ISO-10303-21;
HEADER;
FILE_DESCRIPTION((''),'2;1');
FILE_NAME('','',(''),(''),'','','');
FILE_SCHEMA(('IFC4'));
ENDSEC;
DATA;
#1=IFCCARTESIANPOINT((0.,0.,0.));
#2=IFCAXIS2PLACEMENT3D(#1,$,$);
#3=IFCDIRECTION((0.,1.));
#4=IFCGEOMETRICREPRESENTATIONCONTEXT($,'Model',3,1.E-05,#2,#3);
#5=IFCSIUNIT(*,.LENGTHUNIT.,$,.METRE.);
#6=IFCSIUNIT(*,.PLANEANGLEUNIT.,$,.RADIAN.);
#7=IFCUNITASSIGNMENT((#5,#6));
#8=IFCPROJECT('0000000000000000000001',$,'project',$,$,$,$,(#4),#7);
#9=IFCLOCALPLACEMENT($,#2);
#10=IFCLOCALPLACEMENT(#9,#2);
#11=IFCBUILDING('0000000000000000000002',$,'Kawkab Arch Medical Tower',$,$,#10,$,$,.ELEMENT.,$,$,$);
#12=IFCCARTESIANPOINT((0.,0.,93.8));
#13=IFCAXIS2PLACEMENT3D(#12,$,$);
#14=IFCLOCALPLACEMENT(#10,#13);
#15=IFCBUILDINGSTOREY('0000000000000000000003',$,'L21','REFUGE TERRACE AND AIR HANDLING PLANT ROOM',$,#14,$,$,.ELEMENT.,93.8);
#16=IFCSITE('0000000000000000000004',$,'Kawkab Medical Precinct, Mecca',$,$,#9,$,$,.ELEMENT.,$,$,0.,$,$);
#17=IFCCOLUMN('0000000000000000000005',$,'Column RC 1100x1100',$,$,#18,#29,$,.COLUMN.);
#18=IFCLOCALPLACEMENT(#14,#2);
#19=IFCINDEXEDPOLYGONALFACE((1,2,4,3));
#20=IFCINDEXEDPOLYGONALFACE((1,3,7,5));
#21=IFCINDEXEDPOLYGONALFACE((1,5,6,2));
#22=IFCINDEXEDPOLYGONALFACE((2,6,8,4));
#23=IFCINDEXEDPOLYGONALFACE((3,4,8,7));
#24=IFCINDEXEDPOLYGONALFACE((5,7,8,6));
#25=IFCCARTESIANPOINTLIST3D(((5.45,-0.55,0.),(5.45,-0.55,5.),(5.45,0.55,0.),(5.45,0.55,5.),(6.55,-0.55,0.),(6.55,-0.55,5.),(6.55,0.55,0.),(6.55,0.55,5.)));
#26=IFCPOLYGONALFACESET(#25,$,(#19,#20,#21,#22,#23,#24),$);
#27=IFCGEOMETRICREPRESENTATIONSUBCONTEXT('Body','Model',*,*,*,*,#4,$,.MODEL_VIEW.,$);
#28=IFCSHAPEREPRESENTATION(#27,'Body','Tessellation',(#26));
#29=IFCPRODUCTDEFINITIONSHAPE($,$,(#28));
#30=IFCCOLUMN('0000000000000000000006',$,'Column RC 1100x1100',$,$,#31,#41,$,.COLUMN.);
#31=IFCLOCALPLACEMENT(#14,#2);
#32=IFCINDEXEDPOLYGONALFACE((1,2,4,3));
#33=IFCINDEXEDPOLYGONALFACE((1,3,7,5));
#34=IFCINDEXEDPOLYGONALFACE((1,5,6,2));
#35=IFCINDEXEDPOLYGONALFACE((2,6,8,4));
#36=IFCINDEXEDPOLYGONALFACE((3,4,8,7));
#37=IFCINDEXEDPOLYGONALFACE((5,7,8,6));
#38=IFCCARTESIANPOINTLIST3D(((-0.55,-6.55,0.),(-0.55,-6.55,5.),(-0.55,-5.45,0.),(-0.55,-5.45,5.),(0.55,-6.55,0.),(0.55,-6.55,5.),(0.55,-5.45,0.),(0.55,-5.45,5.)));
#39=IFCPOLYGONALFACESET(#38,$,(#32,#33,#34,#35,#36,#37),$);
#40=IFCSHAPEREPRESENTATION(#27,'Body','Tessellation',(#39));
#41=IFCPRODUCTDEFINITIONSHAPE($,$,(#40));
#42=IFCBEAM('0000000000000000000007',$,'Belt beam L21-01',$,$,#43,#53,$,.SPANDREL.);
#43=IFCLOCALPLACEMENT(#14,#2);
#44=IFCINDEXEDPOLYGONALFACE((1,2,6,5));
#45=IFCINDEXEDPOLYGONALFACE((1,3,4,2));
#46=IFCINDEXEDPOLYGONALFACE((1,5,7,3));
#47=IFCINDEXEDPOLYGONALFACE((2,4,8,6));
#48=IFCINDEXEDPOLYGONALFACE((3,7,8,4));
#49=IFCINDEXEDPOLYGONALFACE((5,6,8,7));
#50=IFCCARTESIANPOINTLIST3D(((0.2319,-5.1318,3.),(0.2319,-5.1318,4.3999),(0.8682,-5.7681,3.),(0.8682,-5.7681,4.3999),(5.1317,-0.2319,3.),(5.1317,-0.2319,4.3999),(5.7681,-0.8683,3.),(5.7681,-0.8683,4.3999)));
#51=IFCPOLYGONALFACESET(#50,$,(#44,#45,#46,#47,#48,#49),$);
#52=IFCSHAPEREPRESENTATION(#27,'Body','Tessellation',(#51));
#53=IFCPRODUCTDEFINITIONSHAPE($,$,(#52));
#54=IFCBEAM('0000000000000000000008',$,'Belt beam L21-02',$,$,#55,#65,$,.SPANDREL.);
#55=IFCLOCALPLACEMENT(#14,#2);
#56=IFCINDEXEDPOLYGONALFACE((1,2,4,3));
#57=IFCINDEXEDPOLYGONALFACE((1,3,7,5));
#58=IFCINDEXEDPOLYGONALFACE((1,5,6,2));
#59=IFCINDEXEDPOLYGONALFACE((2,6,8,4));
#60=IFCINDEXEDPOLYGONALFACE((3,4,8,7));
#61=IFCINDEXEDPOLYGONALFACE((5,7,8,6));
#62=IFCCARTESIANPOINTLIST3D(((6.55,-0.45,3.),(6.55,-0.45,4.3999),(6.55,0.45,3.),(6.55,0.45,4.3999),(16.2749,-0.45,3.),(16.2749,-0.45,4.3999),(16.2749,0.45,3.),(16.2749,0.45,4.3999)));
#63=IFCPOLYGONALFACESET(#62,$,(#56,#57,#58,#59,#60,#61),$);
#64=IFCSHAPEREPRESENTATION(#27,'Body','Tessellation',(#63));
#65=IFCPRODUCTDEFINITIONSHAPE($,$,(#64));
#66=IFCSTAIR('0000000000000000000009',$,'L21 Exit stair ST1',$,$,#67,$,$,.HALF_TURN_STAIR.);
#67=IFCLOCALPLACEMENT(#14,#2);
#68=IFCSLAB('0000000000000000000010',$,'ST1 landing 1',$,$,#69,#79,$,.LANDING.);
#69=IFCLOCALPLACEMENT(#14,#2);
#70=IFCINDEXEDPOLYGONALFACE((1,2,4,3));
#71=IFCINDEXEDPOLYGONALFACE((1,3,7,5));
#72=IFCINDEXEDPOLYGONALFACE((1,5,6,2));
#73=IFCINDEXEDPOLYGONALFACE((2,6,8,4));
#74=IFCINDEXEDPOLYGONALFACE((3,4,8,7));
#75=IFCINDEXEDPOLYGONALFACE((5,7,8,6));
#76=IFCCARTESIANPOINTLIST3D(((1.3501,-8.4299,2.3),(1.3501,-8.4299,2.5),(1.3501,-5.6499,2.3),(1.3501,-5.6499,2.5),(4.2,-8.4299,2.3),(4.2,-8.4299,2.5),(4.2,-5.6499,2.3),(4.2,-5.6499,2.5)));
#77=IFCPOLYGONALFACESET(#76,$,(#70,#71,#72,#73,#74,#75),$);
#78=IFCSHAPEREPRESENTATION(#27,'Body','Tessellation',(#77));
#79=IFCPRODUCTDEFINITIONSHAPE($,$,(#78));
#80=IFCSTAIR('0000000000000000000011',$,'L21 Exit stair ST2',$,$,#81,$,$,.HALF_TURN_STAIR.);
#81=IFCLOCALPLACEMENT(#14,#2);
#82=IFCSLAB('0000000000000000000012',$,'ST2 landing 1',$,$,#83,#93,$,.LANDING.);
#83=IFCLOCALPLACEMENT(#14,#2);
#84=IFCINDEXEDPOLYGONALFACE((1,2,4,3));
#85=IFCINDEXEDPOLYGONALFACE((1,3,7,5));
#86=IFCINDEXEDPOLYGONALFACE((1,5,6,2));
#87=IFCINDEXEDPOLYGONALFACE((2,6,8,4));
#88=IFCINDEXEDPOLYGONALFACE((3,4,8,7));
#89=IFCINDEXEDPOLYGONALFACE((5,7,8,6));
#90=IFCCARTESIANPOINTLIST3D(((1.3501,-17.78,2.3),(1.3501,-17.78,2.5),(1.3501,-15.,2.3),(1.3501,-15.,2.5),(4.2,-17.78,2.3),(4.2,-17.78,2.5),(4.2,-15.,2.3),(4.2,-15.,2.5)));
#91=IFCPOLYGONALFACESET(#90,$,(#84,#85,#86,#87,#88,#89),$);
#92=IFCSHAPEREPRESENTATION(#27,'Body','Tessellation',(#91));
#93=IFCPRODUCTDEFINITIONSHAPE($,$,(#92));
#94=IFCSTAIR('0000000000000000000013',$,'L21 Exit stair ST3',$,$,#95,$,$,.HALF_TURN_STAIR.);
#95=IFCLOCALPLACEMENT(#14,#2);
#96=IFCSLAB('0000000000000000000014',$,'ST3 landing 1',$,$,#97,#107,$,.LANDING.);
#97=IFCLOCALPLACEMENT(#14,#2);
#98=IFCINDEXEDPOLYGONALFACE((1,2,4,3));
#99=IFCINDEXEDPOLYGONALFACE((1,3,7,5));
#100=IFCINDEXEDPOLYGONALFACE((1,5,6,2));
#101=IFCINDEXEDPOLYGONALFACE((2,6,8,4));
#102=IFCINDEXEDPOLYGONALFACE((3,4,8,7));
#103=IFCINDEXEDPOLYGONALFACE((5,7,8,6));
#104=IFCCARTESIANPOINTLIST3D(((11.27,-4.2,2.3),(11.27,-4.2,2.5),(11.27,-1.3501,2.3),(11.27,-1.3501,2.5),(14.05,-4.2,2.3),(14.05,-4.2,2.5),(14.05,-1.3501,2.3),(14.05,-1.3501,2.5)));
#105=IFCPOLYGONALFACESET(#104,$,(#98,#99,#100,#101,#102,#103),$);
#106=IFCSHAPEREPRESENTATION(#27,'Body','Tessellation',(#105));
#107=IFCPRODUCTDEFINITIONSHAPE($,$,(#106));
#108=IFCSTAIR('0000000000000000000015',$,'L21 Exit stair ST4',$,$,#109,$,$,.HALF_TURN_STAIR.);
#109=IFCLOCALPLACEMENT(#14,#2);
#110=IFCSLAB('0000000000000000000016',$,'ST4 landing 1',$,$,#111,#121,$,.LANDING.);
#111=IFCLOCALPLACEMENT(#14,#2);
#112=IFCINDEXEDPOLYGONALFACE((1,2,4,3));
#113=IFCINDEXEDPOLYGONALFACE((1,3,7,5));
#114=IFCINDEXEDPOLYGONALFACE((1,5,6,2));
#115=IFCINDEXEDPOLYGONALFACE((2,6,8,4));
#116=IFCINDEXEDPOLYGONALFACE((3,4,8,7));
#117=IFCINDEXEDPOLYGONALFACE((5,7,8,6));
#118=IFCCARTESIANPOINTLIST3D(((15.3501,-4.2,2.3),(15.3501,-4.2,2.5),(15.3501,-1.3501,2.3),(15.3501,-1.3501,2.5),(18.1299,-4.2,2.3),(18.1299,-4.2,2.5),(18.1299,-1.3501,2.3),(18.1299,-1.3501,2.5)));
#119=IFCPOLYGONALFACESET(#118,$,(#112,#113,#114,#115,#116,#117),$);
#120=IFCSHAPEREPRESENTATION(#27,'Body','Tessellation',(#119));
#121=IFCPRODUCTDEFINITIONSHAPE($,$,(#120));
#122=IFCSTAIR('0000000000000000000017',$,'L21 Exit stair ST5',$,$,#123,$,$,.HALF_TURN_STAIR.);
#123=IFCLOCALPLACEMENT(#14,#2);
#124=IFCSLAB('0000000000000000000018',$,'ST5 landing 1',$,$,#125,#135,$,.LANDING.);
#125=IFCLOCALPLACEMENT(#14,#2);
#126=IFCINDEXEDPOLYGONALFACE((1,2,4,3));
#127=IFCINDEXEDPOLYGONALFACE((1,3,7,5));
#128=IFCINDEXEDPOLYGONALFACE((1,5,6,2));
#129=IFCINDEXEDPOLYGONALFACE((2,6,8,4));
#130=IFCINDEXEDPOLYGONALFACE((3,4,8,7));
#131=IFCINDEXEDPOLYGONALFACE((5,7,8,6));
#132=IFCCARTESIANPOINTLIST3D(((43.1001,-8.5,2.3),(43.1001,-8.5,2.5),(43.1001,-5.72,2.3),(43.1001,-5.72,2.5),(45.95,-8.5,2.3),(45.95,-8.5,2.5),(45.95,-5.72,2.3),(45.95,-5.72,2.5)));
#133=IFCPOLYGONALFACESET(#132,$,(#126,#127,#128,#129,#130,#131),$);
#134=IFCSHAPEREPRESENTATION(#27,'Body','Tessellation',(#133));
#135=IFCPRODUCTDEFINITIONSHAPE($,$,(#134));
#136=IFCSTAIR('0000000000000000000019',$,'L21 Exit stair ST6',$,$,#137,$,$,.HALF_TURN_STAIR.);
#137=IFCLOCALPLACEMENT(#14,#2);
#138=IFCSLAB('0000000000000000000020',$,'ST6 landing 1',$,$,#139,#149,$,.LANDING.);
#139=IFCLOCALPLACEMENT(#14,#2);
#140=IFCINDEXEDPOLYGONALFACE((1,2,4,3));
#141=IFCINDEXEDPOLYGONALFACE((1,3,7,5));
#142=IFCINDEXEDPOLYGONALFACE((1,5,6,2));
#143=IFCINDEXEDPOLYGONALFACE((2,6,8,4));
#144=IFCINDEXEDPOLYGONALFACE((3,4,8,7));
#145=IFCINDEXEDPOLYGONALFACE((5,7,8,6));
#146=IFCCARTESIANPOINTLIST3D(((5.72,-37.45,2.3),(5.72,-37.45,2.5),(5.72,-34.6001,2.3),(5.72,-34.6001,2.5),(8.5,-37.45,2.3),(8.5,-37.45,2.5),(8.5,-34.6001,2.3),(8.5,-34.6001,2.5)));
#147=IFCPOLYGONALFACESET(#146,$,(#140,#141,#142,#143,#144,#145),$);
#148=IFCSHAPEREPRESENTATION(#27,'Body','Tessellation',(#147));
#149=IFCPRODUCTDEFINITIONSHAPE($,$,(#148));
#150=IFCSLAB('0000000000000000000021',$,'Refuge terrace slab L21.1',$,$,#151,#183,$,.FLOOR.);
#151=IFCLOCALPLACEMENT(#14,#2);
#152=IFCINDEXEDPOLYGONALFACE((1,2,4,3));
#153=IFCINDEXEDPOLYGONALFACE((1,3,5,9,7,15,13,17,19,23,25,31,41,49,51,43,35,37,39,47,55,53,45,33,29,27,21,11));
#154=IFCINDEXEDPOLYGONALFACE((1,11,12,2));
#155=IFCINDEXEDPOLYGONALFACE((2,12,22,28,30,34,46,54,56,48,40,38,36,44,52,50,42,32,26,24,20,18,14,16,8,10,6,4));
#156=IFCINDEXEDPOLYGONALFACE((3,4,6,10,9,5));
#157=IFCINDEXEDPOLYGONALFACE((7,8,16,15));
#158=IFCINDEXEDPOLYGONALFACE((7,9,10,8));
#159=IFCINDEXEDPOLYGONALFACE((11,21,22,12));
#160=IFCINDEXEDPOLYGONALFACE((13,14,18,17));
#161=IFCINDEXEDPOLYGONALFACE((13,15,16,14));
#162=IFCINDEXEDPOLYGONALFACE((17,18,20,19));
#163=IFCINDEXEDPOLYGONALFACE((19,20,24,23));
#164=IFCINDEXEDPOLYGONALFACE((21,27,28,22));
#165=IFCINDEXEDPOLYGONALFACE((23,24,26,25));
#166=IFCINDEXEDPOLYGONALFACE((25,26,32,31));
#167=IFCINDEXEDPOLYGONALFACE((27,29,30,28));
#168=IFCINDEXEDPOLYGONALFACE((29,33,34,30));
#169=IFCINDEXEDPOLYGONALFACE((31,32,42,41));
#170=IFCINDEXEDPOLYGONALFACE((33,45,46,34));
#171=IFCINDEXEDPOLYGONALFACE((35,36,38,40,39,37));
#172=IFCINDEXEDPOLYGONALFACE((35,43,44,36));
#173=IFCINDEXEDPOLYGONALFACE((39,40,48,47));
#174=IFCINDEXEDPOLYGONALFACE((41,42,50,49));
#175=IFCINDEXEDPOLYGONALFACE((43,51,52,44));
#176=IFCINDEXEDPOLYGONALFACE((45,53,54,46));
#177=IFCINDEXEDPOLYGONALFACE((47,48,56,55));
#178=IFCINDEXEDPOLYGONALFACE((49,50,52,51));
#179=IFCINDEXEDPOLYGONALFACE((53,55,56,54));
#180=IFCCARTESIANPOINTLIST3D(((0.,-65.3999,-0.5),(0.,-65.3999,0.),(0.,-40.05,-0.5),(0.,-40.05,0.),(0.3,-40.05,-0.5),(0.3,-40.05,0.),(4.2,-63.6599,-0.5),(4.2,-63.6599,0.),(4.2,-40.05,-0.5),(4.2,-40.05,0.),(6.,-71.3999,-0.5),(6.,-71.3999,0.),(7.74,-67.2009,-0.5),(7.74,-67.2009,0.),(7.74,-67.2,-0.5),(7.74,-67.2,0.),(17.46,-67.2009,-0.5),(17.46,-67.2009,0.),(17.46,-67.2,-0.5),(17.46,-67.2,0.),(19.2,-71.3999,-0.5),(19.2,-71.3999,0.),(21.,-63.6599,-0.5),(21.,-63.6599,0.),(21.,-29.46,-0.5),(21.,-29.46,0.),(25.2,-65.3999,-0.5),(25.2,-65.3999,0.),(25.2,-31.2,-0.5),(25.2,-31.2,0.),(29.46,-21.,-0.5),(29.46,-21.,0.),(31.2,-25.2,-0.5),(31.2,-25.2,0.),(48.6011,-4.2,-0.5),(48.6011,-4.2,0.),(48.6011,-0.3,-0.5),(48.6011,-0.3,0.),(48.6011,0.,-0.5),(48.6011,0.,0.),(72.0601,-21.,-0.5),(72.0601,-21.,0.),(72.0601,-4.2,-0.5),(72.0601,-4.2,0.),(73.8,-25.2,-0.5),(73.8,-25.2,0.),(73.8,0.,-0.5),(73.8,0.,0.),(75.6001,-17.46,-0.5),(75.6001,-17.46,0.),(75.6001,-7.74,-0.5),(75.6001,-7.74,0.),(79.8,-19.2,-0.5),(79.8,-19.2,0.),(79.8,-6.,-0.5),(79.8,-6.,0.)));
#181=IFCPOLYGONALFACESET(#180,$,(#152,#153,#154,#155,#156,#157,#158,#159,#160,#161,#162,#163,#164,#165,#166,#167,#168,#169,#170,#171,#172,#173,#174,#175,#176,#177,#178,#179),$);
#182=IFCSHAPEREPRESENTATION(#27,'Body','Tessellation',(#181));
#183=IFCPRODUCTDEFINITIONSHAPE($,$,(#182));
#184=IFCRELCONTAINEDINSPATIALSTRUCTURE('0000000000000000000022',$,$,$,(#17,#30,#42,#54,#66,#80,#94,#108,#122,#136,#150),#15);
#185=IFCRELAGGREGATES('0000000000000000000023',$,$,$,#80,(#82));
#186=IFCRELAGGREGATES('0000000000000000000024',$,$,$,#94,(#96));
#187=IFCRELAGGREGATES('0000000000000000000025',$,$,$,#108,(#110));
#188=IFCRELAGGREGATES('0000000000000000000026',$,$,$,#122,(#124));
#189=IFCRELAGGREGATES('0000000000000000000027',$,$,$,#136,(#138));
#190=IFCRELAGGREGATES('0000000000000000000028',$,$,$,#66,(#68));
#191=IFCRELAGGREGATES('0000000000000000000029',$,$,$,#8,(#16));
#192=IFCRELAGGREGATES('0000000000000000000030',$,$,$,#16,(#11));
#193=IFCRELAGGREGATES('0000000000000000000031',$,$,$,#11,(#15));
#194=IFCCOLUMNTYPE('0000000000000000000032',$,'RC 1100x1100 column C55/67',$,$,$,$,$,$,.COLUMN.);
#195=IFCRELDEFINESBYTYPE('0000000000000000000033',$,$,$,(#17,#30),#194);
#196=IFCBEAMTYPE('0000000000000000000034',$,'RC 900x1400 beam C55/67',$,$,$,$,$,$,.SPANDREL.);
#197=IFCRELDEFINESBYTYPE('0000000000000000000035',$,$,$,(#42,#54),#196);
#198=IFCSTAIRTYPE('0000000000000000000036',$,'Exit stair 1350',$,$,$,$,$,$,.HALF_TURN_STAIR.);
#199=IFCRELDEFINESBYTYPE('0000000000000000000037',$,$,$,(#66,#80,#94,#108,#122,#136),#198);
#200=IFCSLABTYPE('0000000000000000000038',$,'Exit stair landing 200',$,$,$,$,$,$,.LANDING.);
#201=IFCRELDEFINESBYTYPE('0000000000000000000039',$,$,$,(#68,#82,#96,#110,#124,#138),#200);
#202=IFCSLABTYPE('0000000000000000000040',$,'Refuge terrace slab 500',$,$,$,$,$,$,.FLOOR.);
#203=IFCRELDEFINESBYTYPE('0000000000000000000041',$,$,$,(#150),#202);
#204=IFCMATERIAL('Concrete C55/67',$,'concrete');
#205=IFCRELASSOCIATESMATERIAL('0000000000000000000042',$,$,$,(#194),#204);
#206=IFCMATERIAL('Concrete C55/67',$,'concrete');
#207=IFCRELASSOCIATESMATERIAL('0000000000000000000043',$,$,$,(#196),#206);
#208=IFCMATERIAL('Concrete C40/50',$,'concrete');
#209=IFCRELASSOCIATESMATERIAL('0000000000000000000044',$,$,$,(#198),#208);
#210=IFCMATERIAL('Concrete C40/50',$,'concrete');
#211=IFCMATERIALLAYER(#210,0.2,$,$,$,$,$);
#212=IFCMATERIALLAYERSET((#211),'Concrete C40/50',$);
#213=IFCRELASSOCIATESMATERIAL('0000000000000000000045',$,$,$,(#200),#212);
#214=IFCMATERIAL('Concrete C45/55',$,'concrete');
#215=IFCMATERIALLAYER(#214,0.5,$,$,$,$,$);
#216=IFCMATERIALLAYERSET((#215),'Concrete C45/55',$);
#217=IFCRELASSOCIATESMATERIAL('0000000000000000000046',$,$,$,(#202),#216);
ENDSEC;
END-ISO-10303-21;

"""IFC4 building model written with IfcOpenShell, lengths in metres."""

from ifc_helpers import new_model, si_unit, direction, frame, origin, origin_2d, place, context, subcontext, project, spatial, polyline, rectangle, outline, extrude, material, layer, layer_set, material_profile, profile_set, type_object, element, aggregate, save


model = new_model("IFC4")

# Units and contexts
model_context = context("Model", 3, precision=1e-05, world=origin(), true_north=direction((0.0, 1.0)))
body_context = subcontext(model_context, "Body", "Model", "MODEL_VIEW")
ifc_project = project(units=[si_unit("LENGTHUNIT", "METRE"), si_unit("PLANEANGLEUNIT", "RADIAN")], contexts=[model_context])

# Site, building, storey
site_placement = place(None, origin())
site = spatial("IfcSite", under=ifc_project, at=site_placement, Name="Kawkab Medical Precinct, Mecca", CompositionType="ELEMENT", RefElevation=0.0)
building_placement = place(site_placement, origin())
building = spatial("IfcBuilding", under=site, at=building_placement, Name="Kawkab Arch Medical Tower", CompositionType="ELEMENT")
storey_placement = place(building_placement, frame((0.0, 0.0, 93.8)))
storey = spatial("IfcBuildingStorey", under=building, at=storey_placement, Name="L21", Description="REFUGE TERRACE AND AIR HANDLING PLANT ROOM", CompositionType="ELEMENT", Elevation=93.8)

# Columns
ifc_material_1 = material(Name="Concrete C55/67", Category="concrete")
ifc_material_profile_1 = material_profile(ifc_material_1, rectangle(XDim=1.1001, YDim=1.1001, at=origin_2d()), Name="RC 1100x1100")
ifc_profile_set_1 = profile_set([ifc_material_profile_1], Name="Concrete C55/67")
column_type = type_object("IfcColumnType", Name="RC 1100x1100 column C55/67", PredefinedType="COLUMN", material=ifc_profile_set_1)
for number, where, z_axis, x_axis, name in (
    (1, (6.0, 0.0, 0.0), (0.0, 0.0, 1.0), (1.0, 0.0, 0.0), "Column RC 1100x1100"),
    (2, (0.0, -6.0, 0.0), (0.0, 0.0, 1.0), (1.0, 0.0, 0.0), "Column RC 1100x1100"),
):
    element("IfcColumn", number, at=place(storey_placement, frame(where, z_axis=z_axis, x_axis=x_axis)), inside=storey, type_object=column_type, Name=name, PredefinedType="COLUMN", context=body_context, shape_type="SweptSolid", body=[
        extrude(rectangle(XDim=1.1001, YDim=1.1001, at=origin_2d()), origin(), (0.0, 0.0, 1.0), 5.0),
    ])

# Beams
ifc_material_2 = material(Name="Concrete C55/67", Category="concrete")
ifc_material_profile_2 = material_profile(ifc_material_2, rectangle(XDim=0.8999, YDim=1.3999, at=origin_2d()), Name="RC 900x1400")
ifc_profile_set_2 = profile_set([ifc_material_profile_2], Name="Concrete C55/67")
beam_type = type_object("IfcBeamType", Name="RC 900x1400 beam C55/67", PredefinedType="SPANDREL", material=ifc_profile_set_2)
beam_1_placement = place(storey_placement, frame((0.55, -5.45, 3.7), z_axis=(0.707107, 0.707107, 0.0), x_axis=(-0.707107, 0.707107, 0.0)))
element("IfcBeam", 3, at=beam_1_placement, inside=storey, type_object=beam_type, Name="Belt beam L21-01", PredefinedType="SPANDREL", context=body_context, shape_type="SweptSolid", body=[
    extrude(rectangle(XDim=0.8999, YDim=1.3999, at=origin_2d()), origin(), (0.0, 0.0, 1.0), 6.9294),
])
beam_2_placement = place(storey_placement, frame((6.55, 0.0, 3.7), z_axis=(1.0, 0.0, 0.0), x_axis=(0.0, 1.0, 0.0)))
element("IfcBeam", 4, at=beam_2_placement, inside=storey, type_object=beam_type, Name="Belt beam L21-02", PredefinedType="SPANDREL", context=body_context, shape_type="SweptSolid", body=[
    extrude(rectangle(XDim=0.8999, YDim=1.3999, at=origin_2d()), origin(), (0.0, 0.0, 1.0), 9.7249),
])

# Stairs, slabs
ifc_material_3 = material(Name="Concrete C40/50", Category="concrete")
stair_type = type_object("IfcStairType", Name="Exit stair 1350", PredefinedType="HALF_TURN_STAIR", material=ifc_material_3)
placement_1 = place(storey_placement, origin())
stair_1 = element("IfcStair", 5, at=placement_1, inside=storey, type_object=stair_type, Name="L21 Exit stair ST1", PredefinedType="HALF_TURN_STAIR")
ifc_material_4 = material(Name="Concrete C40/50", Category="concrete")
ifc_layer_1 = layer(ifc_material_4, 0.2)
ifc_layer_set_1 = layer_set([ifc_layer_1], Name="Concrete C40/50")
slab_type_1 = type_object("IfcSlabType", Name="Exit stair landing 200", PredefinedType="LANDING", material=ifc_layer_set_1)
placement_2 = place(storey_placement, frame((0.0, 0.0, 2.3)))
slab_1 = element("IfcSlab", 6, at=placement_2, type_object=slab_type_1, Name="ST1 landing 1", PredefinedType="LANDING", context=body_context, shape_type="SweptSolid", body=[
    extrude(outline(polyline([(4.2, -8.4299), (4.2, -5.6499), (1.3501, -5.6499), (1.3501, -8.4299), (4.2, -8.4299)])), origin(), (0.0, 0.0, 1.0), 0.2),
])
stair_2 = element("IfcStair", 7, at=placement_1, inside=storey, type_object=stair_type, Name="L21 Exit stair ST2", PredefinedType="HALF_TURN_STAIR")
slab_2 = element("IfcSlab", 8, at=placement_2, type_object=slab_type_1, Name="ST2 landing 1", PredefinedType="LANDING", context=body_context, shape_type="SweptSolid", body=[
    extrude(outline(polyline([(4.2, -17.78), (4.2, -15.0), (1.3501, -15.0), (1.3501, -17.78), (4.2, -17.78)])), origin(), (0.0, 0.0, 1.0), 0.2),
])
aggregate(stair_2, [slab_2])
stair_3 = element("IfcStair", 9, at=placement_1, inside=storey, type_object=stair_type, Name="L21 Exit stair ST3", PredefinedType="HALF_TURN_STAIR")
slab_3 = element("IfcSlab", 10, at=placement_2, type_object=slab_type_1, Name="ST3 landing 1", PredefinedType="LANDING", context=body_context, shape_type="SweptSolid", body=[
    extrude(outline(polyline([(11.27, -4.2), (14.05, -4.2), (14.05, -1.3501), (11.27, -1.3501), (11.27, -4.2)])), origin(), (0.0, 0.0, 1.0), 0.2),
])
aggregate(stair_3, [slab_3])
stair_4 = element("IfcStair", 11, at=placement_1, inside=storey, type_object=stair_type, Name="L21 Exit stair ST4", PredefinedType="HALF_TURN_STAIR")
slab_4 = element("IfcSlab", 12, at=placement_2, type_object=slab_type_1, Name="ST4 landing 1", PredefinedType="LANDING", context=body_context, shape_type="SweptSolid", body=[
    extrude(outline(polyline([(18.1299, -1.3501), (15.3501, -1.3501), (15.3501, -4.2), (18.1299, -4.2), (18.1299, -1.3501)])), origin(), (0.0, 0.0, 1.0), 0.2),
])
aggregate(stair_4, [slab_4])
stair_5 = element("IfcStair", 13, at=placement_1, inside=storey, type_object=stair_type, Name="L21 Exit stair ST5", PredefinedType="HALF_TURN_STAIR")
slab_5 = element("IfcSlab", 14, at=placement_2, type_object=slab_type_1, Name="ST5 landing 1", PredefinedType="LANDING", context=body_context, shape_type="SweptSolid", body=[
    extrude(outline(polyline([(43.1001, -5.72), (43.1001, -8.5), (45.95, -8.5), (45.95, -5.72), (43.1001, -5.72)])), origin(), (0.0, 0.0, 1.0), 0.2),
])
aggregate(stair_5, [slab_5])
stair_6 = element("IfcStair", 15, at=placement_1, inside=storey, type_object=stair_type, Name="L21 Exit stair ST6", PredefinedType="HALF_TURN_STAIR")
slab_6 = element("IfcSlab", 16, at=placement_2, type_object=slab_type_1, Name="ST6 landing 1", PredefinedType="LANDING", context=body_context, shape_type="SweptSolid", body=[
    extrude(outline(polyline([(5.72, -37.45), (8.5, -37.45), (8.5, -34.6001), (5.72, -34.6001), (5.72, -37.45)])), origin(), (0.0, 0.0, 1.0), 0.2),
])
aggregate(stair_6, [slab_6])

# Slab
ifc_material_5 = material(Name="Concrete C45/55", Category="concrete")
ifc_layer_2 = layer(ifc_material_5, 0.5)
ifc_layer_set_2 = layer_set([ifc_layer_2], Name="Concrete C45/55")
slab_type_2 = type_object("IfcSlabType", Name="Refuge terrace slab 500", PredefinedType="FLOOR", material=ifc_layer_set_2)
placement_3 = place(storey_placement, frame((0.0, 0.0, -0.5)))
element("IfcSlab", 17, at=placement_3, inside=storey, type_object=slab_type_2, Name="Refuge terrace slab L21.1", PredefinedType="FLOOR", context=body_context, shape_type="SweptSolid", body=[
    extrude(outline(polyline([(4.2, -63.6599), (4.2, -40.05), (0.3, -40.05), (0.0, -40.05), (0.0, -65.3999), (6.0, -71.3999), (19.2, -71.3999), (25.2, -65.3999), (25.2, -31.2), (31.2, -25.2), (73.8, -25.2), (79.8, -19.2), (79.8, -6.0), (73.8, 0.0), (48.6011, 0.0), (48.6011, -0.3), (48.6011, -4.2), (72.0601, -4.2), (75.6001, -7.74), (75.6001, -17.46), (72.0601, -21.0), (29.46, -21.0), (21.0, -29.46), (21.0, -63.6599), (17.46, -67.2), (17.46, -67.2009), (7.74, -67.2009), (7.74, -67.2), (4.2, -63.6599)])), origin(), (0.0, 0.0, 1.0), 0.5),
])

aggregate(stair_1, [slab_1])

save(model, "model.ifc")
